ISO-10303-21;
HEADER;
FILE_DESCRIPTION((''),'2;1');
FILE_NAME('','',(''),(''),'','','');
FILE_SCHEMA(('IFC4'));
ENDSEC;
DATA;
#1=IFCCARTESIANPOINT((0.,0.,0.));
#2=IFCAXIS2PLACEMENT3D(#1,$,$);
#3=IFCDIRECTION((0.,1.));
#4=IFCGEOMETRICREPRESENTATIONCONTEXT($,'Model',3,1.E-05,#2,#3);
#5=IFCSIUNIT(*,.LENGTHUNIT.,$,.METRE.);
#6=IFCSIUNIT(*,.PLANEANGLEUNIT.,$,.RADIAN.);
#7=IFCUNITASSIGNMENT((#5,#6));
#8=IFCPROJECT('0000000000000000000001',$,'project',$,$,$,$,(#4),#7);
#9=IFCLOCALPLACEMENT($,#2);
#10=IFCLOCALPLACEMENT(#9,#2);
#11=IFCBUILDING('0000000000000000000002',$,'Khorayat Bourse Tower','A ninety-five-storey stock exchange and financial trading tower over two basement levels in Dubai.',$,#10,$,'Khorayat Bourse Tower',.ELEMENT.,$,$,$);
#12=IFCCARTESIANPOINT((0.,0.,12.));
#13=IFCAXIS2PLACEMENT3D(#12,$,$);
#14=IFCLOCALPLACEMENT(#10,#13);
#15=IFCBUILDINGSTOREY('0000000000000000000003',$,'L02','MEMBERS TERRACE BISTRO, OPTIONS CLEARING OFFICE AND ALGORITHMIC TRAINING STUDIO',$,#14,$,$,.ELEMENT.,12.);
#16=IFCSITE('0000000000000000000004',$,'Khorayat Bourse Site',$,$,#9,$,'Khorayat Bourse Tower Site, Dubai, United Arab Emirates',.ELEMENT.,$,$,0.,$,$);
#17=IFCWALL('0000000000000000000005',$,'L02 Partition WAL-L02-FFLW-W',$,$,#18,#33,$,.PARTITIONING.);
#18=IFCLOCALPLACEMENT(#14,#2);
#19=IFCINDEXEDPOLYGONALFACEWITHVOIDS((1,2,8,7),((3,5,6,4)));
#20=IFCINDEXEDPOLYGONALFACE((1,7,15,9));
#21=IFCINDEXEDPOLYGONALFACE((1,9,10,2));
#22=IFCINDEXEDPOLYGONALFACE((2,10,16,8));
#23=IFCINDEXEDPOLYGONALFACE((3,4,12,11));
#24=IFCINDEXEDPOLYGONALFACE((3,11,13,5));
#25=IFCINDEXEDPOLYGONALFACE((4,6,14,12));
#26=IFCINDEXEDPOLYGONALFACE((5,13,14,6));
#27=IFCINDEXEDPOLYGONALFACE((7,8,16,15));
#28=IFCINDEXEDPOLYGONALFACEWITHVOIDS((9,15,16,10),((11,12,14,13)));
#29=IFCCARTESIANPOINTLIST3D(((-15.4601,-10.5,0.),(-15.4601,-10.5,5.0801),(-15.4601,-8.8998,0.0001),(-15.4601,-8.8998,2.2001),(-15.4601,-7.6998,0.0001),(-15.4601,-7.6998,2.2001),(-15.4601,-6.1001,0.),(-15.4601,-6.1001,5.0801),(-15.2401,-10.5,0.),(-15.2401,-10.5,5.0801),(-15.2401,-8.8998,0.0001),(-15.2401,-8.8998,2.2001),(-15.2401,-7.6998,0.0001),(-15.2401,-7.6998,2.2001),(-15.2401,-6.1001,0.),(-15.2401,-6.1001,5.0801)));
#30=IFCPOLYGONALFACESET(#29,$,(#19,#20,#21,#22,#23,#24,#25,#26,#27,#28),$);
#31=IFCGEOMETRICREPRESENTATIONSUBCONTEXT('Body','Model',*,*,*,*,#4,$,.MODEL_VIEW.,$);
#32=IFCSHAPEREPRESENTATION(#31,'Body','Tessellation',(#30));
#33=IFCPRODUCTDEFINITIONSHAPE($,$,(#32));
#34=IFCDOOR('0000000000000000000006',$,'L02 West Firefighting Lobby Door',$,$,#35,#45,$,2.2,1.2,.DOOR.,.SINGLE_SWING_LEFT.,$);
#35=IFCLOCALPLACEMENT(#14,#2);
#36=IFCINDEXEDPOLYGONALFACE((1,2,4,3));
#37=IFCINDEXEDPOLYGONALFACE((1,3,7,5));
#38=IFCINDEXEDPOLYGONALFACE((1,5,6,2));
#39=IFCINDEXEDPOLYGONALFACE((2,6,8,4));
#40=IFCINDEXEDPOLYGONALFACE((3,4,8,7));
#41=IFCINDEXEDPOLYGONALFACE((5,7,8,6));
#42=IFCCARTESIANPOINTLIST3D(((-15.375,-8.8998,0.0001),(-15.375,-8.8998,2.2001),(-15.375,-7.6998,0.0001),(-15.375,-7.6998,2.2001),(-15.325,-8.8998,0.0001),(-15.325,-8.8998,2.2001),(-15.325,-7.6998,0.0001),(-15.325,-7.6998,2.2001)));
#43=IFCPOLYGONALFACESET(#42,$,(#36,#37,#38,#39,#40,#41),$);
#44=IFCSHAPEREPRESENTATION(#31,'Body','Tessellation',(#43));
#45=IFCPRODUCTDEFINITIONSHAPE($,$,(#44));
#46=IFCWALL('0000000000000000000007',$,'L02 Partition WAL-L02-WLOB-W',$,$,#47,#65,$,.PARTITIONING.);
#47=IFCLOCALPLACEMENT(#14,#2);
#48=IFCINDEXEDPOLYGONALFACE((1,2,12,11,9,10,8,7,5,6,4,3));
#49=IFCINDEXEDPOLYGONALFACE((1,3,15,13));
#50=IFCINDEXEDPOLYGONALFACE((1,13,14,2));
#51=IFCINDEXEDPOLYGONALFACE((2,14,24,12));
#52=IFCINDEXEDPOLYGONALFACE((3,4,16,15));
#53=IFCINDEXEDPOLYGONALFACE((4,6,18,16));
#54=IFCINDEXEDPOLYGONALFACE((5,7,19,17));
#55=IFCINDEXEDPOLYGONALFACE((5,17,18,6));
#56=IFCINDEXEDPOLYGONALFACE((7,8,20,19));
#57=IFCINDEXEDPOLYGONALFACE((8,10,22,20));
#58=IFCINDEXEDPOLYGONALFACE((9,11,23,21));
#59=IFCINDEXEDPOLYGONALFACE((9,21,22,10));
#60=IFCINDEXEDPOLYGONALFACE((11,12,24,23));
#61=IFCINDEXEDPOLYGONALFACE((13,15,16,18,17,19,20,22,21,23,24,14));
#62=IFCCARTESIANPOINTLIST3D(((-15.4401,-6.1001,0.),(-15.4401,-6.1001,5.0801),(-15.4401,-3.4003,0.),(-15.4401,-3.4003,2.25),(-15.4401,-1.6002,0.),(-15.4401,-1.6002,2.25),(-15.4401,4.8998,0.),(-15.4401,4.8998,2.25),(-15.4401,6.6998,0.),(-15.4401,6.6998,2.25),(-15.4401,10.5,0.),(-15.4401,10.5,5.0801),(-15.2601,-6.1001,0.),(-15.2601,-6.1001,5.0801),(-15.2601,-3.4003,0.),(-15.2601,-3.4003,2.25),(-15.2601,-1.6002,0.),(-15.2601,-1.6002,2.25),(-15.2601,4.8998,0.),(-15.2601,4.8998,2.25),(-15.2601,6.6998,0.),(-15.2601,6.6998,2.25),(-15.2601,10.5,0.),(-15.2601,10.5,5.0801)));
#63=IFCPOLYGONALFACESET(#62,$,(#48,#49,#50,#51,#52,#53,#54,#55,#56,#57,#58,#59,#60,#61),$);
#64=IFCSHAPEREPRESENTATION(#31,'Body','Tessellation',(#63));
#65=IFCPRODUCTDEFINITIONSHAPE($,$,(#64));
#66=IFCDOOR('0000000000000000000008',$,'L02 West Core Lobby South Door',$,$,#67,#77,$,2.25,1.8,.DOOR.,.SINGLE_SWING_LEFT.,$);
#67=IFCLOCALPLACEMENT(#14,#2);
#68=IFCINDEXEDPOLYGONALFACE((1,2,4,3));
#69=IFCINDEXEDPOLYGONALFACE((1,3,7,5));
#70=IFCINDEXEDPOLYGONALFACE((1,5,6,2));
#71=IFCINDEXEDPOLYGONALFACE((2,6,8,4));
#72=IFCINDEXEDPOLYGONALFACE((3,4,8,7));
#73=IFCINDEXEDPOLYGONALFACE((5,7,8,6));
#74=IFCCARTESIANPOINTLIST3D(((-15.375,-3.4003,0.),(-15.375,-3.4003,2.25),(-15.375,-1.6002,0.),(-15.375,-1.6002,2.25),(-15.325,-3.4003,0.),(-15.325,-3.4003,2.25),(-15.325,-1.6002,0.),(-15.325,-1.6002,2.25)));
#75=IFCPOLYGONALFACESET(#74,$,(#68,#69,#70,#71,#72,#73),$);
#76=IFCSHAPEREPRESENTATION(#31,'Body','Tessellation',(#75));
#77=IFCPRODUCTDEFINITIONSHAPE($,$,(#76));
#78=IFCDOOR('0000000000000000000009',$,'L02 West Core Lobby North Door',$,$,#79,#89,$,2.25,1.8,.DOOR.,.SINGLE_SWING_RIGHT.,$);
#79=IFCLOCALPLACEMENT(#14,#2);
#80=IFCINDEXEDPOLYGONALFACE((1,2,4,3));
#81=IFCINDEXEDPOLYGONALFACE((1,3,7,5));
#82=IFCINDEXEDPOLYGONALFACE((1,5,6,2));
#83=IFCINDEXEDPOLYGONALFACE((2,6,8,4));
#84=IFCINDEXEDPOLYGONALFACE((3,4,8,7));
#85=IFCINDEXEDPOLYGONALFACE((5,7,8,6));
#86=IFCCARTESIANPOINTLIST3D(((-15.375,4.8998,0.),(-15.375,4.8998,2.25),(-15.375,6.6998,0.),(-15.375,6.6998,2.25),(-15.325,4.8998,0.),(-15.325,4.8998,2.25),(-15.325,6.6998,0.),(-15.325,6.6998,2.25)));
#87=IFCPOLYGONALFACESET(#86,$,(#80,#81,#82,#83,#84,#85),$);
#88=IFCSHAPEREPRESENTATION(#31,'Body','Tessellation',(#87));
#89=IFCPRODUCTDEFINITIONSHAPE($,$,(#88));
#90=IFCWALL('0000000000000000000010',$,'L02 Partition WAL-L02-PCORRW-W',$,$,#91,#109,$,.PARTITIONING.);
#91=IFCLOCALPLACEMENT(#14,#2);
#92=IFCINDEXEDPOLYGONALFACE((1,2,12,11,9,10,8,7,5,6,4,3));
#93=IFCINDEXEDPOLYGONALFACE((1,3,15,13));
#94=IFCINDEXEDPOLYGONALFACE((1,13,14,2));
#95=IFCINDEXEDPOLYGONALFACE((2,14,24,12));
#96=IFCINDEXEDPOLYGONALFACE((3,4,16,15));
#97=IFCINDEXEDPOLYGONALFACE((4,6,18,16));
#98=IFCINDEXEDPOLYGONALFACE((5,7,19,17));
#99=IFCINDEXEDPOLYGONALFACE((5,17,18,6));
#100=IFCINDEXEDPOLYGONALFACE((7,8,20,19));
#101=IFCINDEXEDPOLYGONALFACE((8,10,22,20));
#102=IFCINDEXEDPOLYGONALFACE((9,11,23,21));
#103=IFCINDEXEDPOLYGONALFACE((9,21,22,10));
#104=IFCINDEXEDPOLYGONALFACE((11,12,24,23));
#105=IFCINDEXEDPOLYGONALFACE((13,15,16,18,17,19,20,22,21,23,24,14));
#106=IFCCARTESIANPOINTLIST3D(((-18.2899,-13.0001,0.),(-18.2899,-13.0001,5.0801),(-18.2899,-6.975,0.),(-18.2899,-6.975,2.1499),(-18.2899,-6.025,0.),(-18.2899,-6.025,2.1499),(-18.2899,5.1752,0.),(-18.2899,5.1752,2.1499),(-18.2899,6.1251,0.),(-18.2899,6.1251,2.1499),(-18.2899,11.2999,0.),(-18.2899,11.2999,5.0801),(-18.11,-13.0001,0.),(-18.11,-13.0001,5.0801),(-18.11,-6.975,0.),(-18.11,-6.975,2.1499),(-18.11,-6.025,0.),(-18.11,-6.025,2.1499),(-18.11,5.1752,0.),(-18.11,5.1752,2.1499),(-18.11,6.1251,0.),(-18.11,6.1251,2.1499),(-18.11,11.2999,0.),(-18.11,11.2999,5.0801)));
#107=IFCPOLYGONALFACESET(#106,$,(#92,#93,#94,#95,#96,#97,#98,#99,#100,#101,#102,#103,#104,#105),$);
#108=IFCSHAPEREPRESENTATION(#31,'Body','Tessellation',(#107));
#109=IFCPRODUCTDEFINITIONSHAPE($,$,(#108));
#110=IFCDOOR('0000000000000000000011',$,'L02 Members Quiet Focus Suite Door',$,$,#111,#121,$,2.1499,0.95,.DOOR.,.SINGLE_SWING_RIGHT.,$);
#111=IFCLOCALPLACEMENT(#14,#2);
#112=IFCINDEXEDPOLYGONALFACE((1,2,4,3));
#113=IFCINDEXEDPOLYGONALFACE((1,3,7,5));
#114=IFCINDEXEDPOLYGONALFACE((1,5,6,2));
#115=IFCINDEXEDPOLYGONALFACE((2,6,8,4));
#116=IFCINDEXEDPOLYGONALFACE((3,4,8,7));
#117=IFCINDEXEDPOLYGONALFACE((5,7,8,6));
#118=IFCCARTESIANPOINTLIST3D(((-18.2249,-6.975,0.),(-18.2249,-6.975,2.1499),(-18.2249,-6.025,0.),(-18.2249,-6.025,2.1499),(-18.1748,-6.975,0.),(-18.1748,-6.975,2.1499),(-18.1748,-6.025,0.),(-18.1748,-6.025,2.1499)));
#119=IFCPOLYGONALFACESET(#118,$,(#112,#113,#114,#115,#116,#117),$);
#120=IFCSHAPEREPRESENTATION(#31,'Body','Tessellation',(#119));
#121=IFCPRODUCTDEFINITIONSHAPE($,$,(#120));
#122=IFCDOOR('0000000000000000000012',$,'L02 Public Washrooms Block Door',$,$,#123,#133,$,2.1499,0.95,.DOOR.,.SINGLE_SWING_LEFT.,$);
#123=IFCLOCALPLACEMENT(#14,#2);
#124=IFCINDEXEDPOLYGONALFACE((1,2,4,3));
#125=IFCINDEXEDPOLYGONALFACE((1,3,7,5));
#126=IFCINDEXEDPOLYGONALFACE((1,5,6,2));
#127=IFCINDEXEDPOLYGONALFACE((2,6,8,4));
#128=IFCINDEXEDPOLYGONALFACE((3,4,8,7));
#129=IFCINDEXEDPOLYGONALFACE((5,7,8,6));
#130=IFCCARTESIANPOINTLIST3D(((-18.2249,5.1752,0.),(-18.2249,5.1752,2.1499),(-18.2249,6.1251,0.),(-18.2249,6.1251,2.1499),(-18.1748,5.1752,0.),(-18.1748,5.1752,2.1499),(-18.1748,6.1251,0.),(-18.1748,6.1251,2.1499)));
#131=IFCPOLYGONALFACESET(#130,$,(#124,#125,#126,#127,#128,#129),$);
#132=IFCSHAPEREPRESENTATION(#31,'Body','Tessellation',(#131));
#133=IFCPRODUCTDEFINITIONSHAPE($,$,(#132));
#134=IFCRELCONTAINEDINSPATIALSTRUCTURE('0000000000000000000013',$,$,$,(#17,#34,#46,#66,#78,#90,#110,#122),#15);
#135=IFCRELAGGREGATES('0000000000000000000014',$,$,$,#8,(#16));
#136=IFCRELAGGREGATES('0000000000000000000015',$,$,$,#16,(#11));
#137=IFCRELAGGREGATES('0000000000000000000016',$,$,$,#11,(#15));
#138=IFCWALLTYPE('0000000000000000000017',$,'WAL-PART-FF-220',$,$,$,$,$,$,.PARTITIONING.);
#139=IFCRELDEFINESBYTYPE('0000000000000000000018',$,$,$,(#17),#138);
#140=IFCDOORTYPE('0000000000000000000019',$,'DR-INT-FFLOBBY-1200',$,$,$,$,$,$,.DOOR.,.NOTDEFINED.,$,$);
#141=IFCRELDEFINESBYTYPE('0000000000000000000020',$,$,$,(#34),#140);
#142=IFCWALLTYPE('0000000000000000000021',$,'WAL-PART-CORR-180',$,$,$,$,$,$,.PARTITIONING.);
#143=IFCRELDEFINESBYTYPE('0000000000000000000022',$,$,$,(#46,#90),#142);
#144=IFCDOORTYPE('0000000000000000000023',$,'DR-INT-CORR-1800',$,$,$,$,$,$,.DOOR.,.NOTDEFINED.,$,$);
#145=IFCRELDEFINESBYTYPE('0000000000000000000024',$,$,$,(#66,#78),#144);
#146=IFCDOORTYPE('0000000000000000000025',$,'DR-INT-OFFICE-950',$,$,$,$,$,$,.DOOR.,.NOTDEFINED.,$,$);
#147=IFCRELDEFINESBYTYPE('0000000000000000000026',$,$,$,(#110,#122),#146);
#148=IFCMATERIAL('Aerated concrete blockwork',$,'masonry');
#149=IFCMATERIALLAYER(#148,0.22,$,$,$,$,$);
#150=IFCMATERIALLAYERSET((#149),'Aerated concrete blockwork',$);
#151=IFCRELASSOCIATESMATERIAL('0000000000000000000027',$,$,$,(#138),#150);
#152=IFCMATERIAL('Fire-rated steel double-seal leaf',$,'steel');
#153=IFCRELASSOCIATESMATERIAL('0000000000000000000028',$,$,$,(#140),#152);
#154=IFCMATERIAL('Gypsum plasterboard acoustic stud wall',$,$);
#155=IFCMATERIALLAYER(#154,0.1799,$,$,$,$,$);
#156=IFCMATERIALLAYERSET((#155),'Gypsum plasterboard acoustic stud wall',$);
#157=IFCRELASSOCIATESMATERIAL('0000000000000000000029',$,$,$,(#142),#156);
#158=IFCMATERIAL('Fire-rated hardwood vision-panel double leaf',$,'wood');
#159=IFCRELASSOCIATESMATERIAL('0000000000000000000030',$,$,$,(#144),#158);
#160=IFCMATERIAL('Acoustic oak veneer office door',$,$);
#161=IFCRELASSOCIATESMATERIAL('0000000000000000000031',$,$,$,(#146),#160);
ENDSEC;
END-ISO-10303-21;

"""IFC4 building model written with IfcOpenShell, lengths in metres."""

from ifc_helpers import new_model, si_unit, direction, frame, frame_2d, origin, place, context, subcontext, project, spatial, rectangle, extrude, source, transform, mapped, material, layer, layer_set, type_object, element, fill, save


model = new_model("IFC4")

# Units and contexts
model_context = context("Model", 3, precision=1e-05, world=origin(), true_north=direction((0.0, 1.0)))
body_context = subcontext(model_context, "Body", "Model", "MODEL_VIEW")
ifc_project = project(units=[si_unit("LENGTHUNIT", "METRE"), si_unit("PLANEANGLEUNIT", "RADIAN")], contexts=[model_context])

# Site, building, storey
site_placement = place(None, origin())
site = spatial("IfcSite", under=ifc_project, at=site_placement, Name="Khorayat Bourse Site", LongName="Khorayat Bourse Tower Site, Dubai, United Arab Emirates", CompositionType="ELEMENT", RefElevation=0.0)
building_placement = place(site_placement, origin())
building = spatial("IfcBuilding", under=site, at=building_placement, Name="Khorayat Bourse Tower", Description="A ninety-five-storey stock exchange and financial trading tower over two basement levels in Dubai.", LongName="Khorayat Bourse Tower", CompositionType="ELEMENT")
storey_placement = place(building_placement, frame((0.0, 0.0, 12.0)))
storey = spatial("IfcBuildingStorey", under=building, at=storey_placement, Name="L02", Description="MEMBERS TERRACE BISTRO, OPTIONS CLEARING OFFICE AND ALGORITHMIC TRAINING STUDIO", CompositionType="ELEMENT", Elevation=12.0)

# Shared definitions
ifc_material_1 = material(Name="Aerated concrete blockwork", Category="masonry")
ifc_layer_1 = layer(ifc_material_1, 0.22)
ifc_layer_set_1 = layer_set([ifc_layer_1], Name="Aerated concrete blockwork")
wall_type_1 = type_object("IfcWallType", Name="WAL-PART-FF-220", PredefinedType="PARTITIONING", material=ifc_layer_set_1)

# Wall, opening, door
shared_shape_1 = source(origin(), body_context, "Body", "SweptSolid", [
    extrude(rectangle(XDim=4.3999, YDim=0.22, at=frame_2d((2.2, 0.0))), origin(), (0.0, 0.0, 1.0), 5.0801),
])
wall_1_placement = place(storey_placement, frame((-15.3501, -10.5, 0.0), z_axis=(0.0, 0.0, 1.0), x_axis=(0.0, 1.0, 0.0)))
wall_1 = element("IfcWall", 1, at=wall_1_placement, inside=storey, type_object=wall_type_1, Name="L02 Partition WAL-L02-FFLW-W", PredefinedType="PARTITIONING", context=body_context, shape_type="MappedRepresentation", body=[
    mapped(shared_shape_1, transform((0.0, 0.0, 0.0), scale=1.0)),
])
shared_shape_2 = source(origin(), body_context, "Body", "SweptSolid", [
    extrude(rectangle(XDim=1.2, YDim=2.2, at=frame_2d((0.6001, 1.1001))), frame((0.0, 0.1199, 0.0), z_axis=(0.0, -1.0, 0.0), x_axis=(1.0, 0.0, 0.0)), (0.0, 0.0, 1.0), 0.24),
])
opening_1_placement = place(wall_1_placement, frame((1.6001, 0.0, 0.0)))
opening_1 = element("IfcOpeningElement", 2, at=opening_1_placement, cuts=wall_1, PredefinedType="OPENING", context=body_context, shape_type="MappedRepresentation", body=[
    mapped(shared_shape_2, transform((0.0, 0.0, 0.0), scale=1.0)),
])
ifc_material_2 = material(Name="Fire-rated steel double-seal leaf", Category="steel")
door_type_1 = type_object("IfcDoorType", Name="DR-INT-FFLOBBY-1200", OperationType="NOTDEFINED", PredefinedType="DOOR", material=ifc_material_2)
shared_shape_3 = source(origin(), body_context, "Body", "SweptSolid", [
    extrude(rectangle(XDim=1.2, YDim=2.2, at=frame_2d((0.6001, 1.1001))), frame((0.0, 0.0249, 0.0), z_axis=(0.0, -1.0, 0.0), x_axis=(1.0, 0.0, 0.0)), (0.0, 0.0, 1.0), 0.05),
])
door_1_placement = place(opening_1_placement, origin())
door_1 = element("IfcDoor", 3, at=door_1_placement, inside=storey, type_object=door_type_1, Name="L02 West Firefighting Lobby Door", OperationType="SINGLE_SWING_LEFT", OverallHeight=2.2, OverallWidth=1.2, PredefinedType="DOOR", context=body_context, shape_type="MappedRepresentation", body=[
    mapped(shared_shape_3, transform((0.0, 0.0, 0.0), scale=1.0)),
])
fill(opening_1, door_1)

# Walls, openings, doors
ifc_material_3 = material(Name="Gypsum plasterboard acoustic stud wall")
ifc_layer_2 = layer(ifc_material_3, 0.1799)
ifc_layer_set_2 = layer_set([ifc_layer_2], Name="Gypsum plasterboard acoustic stud wall")
wall_type_2 = type_object("IfcWallType", Name="WAL-PART-CORR-180", PredefinedType="PARTITIONING", material=ifc_layer_set_2)
shared_shape_4 = source(origin(), body_context, "Body", "SweptSolid", [
    extrude(rectangle(XDim=16.6001, YDim=0.1799, at=frame_2d((8.3, 0.0))), origin(), (0.0, 0.0, 1.0), 5.0801),
])
wall_2_placement = place(storey_placement, frame((-15.3501, -6.1001, 0.0), z_axis=(0.0, 0.0, 1.0), x_axis=(0.0, 1.0, 0.0)))
wall_2 = element("IfcWall", 4, at=wall_2_placement, inside=storey, type_object=wall_type_2, Name="L02 Partition WAL-L02-WLOB-W", PredefinedType="PARTITIONING", context=body_context, shape_type="MappedRepresentation", body=[
    mapped(shared_shape_4, transform((0.0, 0.0, 0.0), scale=1.0)),
])
shared_shape_5 = source(origin(), body_context, "Body", "SweptSolid", [
    extrude(rectangle(XDim=1.8, YDim=2.25, at=frame_2d((0.8999, 1.125))), frame((0.0, 0.0999, 0.0), z_axis=(0.0, -1.0, 0.0), x_axis=(1.0, 0.0, 0.0)), (0.0, 0.0, 1.0), 0.2),
])
opening_2_placement = place(wall_2_placement, frame((2.7, 0.0, 0.0)))
opening_2 = element("IfcOpeningElement", 5, at=opening_2_placement, cuts=wall_2, PredefinedType="OPENING", context=body_context, shape_type="MappedRepresentation", body=[
    mapped(shared_shape_5, transform((0.0, 0.0, 0.0), scale=1.0)),
])
opening_3_placement = place(wall_2_placement, frame((11.0, 0.0, 0.0)))
opening_3 = element("IfcOpeningElement", 6, at=opening_3_placement, cuts=wall_2, PredefinedType="OPENING", context=body_context, shape_type="MappedRepresentation", body=[
    mapped(shared_shape_5, transform((0.0, 0.0, 0.0), scale=1.0)),
])
ifc_material_4 = material(Name="Fire-rated hardwood vision-panel double leaf", Category="wood")
door_type_2 = type_object("IfcDoorType", Name="DR-INT-CORR-1800", OperationType="NOTDEFINED", PredefinedType="DOOR", material=ifc_material_4)
shared_shape_6 = source(origin(), body_context, "Body", "SweptSolid", [
    extrude(rectangle(XDim=1.8, YDim=2.25, at=frame_2d((0.8999, 1.125))), frame((0.0, 0.0249, 0.0), z_axis=(0.0, -1.0, 0.0), x_axis=(1.0, 0.0, 0.0)), (0.0, 0.0, 1.0), 0.05),
])
door_2_placement = place(opening_2_placement, origin())
door_2 = element("IfcDoor", 7, at=door_2_placement, inside=storey, type_object=door_type_2, Name="L02 West Core Lobby South Door", OperationType="SINGLE_SWING_LEFT", OverallHeight=2.25, OverallWidth=1.8, PredefinedType="DOOR", context=body_context, shape_type="MappedRepresentation", body=[
    mapped(shared_shape_6, transform((0.0, 0.0, 0.0), scale=1.0)),
])
fill(opening_2, door_2)
door_3_placement = place(opening_3_placement, origin())
door_3 = element("IfcDoor", 8, at=door_3_placement, inside=storey, type_object=door_type_2, Name="L02 West Core Lobby North Door", OperationType="SINGLE_SWING_RIGHT", OverallHeight=2.25, OverallWidth=1.8, PredefinedType="DOOR", context=body_context, shape_type="MappedRepresentation", body=[
    mapped(shared_shape_6, transform((0.0, 0.0, 0.0), scale=1.0)),
])
fill(opening_3, door_3)
shared_shape_7 = source(origin(), body_context, "Body", "SweptSolid", [
    extrude(rectangle(XDim=24.3, YDim=0.1799, at=frame_2d((12.1499, 0.0))), origin(), (0.0, 0.0, 1.0), 5.0801),
])
wall_3_placement = place(storey_placement, frame((-18.2, -13.0, 0.0), z_axis=(0.0, 0.0, 1.0), x_axis=(0.0, 1.0, 0.0)))
wall_3 = element("IfcWall", 9, at=wall_3_placement, inside=storey, type_object=wall_type_2, Name="L02 Partition WAL-L02-PCORRW-W", PredefinedType="PARTITIONING", context=body_context, shape_type="MappedRepresentation", body=[
    mapped(shared_shape_7, transform((0.0, 0.0, 0.0), scale=1.0)),
])
shared_shape_8 = source(origin(), body_context, "Body", "SweptSolid", [
    extrude(rectangle(XDim=0.95, YDim=2.1499, at=frame_2d((0.4751, 1.075))), frame((0.0, 0.0999, 0.0), z_axis=(0.0, -1.0, 0.0), x_axis=(1.0, 0.0, 0.0)), (0.0, 0.0, 1.0), 0.2),
])
opening_4_placement = place(wall_3_placement, frame((6.0249, 0.0, 0.0)))
opening_4 = element("IfcOpeningElement", 10, at=opening_4_placement, cuts=wall_3, PredefinedType="OPENING", context=body_context, shape_type="MappedRepresentation", body=[
    mapped(shared_shape_8, transform((0.0, 0.0, 0.0), scale=1.0)),
])
opening_5_placement = place(wall_3_placement, frame((18.175, 0.0, 0.0)))
opening_5 = element("IfcOpeningElement", 11, at=opening_5_placement, cuts=wall_3, PredefinedType="OPENING", context=body_context, shape_type="MappedRepresentation", body=[
    mapped(shared_shape_8, transform((0.0, 0.0, 0.0), scale=1.0)),
])
ifc_material_5 = material(Name="Acoustic oak veneer office door")
door_type_3 = type_object("IfcDoorType", Name="DR-INT-OFFICE-950", OperationType="NOTDEFINED", PredefinedType="DOOR", material=ifc_material_5)
shared_shape_9 = source(origin(), body_context, "Body", "SweptSolid", [
    extrude(rectangle(XDim=0.95, YDim=2.1499, at=frame_2d((0.4751, 1.075))), frame((0.0, 0.0249, 0.0), z_axis=(0.0, -1.0, 0.0), x_axis=(1.0, 0.0, 0.0)), (0.0, 0.0, 1.0), 0.05),
])
door_4_placement = place(opening_4_placement, origin())
door_4 = element("IfcDoor", 12, at=door_4_placement, inside=storey, type_object=door_type_3, Name="L02 Members Quiet Focus Suite Door", OperationType="SINGLE_SWING_RIGHT", OverallHeight=2.1499, OverallWidth=0.95, PredefinedType="DOOR", context=body_context, shape_type="MappedRepresentation", body=[
    mapped(shared_shape_9, transform((0.0, 0.0, 0.0), scale=1.0)),
])
fill(opening_4, door_4)
door_5_placement = place(opening_5_placement, origin())
door_5 = element("IfcDoor", 13, at=door_5_placement, inside=storey, type_object=door_type_3, Name="L02 Public Washrooms Block Door", OperationType="SINGLE_SWING_LEFT", OverallHeight=2.1499, OverallWidth=0.95, PredefinedType="DOOR", context=body_context, shape_type="MappedRepresentation", body=[
    mapped(shared_shape_9, transform((0.0, 0.0, 0.0), scale=1.0)),
])
fill(opening_5, door_5)

save(model, "model.ifc")
